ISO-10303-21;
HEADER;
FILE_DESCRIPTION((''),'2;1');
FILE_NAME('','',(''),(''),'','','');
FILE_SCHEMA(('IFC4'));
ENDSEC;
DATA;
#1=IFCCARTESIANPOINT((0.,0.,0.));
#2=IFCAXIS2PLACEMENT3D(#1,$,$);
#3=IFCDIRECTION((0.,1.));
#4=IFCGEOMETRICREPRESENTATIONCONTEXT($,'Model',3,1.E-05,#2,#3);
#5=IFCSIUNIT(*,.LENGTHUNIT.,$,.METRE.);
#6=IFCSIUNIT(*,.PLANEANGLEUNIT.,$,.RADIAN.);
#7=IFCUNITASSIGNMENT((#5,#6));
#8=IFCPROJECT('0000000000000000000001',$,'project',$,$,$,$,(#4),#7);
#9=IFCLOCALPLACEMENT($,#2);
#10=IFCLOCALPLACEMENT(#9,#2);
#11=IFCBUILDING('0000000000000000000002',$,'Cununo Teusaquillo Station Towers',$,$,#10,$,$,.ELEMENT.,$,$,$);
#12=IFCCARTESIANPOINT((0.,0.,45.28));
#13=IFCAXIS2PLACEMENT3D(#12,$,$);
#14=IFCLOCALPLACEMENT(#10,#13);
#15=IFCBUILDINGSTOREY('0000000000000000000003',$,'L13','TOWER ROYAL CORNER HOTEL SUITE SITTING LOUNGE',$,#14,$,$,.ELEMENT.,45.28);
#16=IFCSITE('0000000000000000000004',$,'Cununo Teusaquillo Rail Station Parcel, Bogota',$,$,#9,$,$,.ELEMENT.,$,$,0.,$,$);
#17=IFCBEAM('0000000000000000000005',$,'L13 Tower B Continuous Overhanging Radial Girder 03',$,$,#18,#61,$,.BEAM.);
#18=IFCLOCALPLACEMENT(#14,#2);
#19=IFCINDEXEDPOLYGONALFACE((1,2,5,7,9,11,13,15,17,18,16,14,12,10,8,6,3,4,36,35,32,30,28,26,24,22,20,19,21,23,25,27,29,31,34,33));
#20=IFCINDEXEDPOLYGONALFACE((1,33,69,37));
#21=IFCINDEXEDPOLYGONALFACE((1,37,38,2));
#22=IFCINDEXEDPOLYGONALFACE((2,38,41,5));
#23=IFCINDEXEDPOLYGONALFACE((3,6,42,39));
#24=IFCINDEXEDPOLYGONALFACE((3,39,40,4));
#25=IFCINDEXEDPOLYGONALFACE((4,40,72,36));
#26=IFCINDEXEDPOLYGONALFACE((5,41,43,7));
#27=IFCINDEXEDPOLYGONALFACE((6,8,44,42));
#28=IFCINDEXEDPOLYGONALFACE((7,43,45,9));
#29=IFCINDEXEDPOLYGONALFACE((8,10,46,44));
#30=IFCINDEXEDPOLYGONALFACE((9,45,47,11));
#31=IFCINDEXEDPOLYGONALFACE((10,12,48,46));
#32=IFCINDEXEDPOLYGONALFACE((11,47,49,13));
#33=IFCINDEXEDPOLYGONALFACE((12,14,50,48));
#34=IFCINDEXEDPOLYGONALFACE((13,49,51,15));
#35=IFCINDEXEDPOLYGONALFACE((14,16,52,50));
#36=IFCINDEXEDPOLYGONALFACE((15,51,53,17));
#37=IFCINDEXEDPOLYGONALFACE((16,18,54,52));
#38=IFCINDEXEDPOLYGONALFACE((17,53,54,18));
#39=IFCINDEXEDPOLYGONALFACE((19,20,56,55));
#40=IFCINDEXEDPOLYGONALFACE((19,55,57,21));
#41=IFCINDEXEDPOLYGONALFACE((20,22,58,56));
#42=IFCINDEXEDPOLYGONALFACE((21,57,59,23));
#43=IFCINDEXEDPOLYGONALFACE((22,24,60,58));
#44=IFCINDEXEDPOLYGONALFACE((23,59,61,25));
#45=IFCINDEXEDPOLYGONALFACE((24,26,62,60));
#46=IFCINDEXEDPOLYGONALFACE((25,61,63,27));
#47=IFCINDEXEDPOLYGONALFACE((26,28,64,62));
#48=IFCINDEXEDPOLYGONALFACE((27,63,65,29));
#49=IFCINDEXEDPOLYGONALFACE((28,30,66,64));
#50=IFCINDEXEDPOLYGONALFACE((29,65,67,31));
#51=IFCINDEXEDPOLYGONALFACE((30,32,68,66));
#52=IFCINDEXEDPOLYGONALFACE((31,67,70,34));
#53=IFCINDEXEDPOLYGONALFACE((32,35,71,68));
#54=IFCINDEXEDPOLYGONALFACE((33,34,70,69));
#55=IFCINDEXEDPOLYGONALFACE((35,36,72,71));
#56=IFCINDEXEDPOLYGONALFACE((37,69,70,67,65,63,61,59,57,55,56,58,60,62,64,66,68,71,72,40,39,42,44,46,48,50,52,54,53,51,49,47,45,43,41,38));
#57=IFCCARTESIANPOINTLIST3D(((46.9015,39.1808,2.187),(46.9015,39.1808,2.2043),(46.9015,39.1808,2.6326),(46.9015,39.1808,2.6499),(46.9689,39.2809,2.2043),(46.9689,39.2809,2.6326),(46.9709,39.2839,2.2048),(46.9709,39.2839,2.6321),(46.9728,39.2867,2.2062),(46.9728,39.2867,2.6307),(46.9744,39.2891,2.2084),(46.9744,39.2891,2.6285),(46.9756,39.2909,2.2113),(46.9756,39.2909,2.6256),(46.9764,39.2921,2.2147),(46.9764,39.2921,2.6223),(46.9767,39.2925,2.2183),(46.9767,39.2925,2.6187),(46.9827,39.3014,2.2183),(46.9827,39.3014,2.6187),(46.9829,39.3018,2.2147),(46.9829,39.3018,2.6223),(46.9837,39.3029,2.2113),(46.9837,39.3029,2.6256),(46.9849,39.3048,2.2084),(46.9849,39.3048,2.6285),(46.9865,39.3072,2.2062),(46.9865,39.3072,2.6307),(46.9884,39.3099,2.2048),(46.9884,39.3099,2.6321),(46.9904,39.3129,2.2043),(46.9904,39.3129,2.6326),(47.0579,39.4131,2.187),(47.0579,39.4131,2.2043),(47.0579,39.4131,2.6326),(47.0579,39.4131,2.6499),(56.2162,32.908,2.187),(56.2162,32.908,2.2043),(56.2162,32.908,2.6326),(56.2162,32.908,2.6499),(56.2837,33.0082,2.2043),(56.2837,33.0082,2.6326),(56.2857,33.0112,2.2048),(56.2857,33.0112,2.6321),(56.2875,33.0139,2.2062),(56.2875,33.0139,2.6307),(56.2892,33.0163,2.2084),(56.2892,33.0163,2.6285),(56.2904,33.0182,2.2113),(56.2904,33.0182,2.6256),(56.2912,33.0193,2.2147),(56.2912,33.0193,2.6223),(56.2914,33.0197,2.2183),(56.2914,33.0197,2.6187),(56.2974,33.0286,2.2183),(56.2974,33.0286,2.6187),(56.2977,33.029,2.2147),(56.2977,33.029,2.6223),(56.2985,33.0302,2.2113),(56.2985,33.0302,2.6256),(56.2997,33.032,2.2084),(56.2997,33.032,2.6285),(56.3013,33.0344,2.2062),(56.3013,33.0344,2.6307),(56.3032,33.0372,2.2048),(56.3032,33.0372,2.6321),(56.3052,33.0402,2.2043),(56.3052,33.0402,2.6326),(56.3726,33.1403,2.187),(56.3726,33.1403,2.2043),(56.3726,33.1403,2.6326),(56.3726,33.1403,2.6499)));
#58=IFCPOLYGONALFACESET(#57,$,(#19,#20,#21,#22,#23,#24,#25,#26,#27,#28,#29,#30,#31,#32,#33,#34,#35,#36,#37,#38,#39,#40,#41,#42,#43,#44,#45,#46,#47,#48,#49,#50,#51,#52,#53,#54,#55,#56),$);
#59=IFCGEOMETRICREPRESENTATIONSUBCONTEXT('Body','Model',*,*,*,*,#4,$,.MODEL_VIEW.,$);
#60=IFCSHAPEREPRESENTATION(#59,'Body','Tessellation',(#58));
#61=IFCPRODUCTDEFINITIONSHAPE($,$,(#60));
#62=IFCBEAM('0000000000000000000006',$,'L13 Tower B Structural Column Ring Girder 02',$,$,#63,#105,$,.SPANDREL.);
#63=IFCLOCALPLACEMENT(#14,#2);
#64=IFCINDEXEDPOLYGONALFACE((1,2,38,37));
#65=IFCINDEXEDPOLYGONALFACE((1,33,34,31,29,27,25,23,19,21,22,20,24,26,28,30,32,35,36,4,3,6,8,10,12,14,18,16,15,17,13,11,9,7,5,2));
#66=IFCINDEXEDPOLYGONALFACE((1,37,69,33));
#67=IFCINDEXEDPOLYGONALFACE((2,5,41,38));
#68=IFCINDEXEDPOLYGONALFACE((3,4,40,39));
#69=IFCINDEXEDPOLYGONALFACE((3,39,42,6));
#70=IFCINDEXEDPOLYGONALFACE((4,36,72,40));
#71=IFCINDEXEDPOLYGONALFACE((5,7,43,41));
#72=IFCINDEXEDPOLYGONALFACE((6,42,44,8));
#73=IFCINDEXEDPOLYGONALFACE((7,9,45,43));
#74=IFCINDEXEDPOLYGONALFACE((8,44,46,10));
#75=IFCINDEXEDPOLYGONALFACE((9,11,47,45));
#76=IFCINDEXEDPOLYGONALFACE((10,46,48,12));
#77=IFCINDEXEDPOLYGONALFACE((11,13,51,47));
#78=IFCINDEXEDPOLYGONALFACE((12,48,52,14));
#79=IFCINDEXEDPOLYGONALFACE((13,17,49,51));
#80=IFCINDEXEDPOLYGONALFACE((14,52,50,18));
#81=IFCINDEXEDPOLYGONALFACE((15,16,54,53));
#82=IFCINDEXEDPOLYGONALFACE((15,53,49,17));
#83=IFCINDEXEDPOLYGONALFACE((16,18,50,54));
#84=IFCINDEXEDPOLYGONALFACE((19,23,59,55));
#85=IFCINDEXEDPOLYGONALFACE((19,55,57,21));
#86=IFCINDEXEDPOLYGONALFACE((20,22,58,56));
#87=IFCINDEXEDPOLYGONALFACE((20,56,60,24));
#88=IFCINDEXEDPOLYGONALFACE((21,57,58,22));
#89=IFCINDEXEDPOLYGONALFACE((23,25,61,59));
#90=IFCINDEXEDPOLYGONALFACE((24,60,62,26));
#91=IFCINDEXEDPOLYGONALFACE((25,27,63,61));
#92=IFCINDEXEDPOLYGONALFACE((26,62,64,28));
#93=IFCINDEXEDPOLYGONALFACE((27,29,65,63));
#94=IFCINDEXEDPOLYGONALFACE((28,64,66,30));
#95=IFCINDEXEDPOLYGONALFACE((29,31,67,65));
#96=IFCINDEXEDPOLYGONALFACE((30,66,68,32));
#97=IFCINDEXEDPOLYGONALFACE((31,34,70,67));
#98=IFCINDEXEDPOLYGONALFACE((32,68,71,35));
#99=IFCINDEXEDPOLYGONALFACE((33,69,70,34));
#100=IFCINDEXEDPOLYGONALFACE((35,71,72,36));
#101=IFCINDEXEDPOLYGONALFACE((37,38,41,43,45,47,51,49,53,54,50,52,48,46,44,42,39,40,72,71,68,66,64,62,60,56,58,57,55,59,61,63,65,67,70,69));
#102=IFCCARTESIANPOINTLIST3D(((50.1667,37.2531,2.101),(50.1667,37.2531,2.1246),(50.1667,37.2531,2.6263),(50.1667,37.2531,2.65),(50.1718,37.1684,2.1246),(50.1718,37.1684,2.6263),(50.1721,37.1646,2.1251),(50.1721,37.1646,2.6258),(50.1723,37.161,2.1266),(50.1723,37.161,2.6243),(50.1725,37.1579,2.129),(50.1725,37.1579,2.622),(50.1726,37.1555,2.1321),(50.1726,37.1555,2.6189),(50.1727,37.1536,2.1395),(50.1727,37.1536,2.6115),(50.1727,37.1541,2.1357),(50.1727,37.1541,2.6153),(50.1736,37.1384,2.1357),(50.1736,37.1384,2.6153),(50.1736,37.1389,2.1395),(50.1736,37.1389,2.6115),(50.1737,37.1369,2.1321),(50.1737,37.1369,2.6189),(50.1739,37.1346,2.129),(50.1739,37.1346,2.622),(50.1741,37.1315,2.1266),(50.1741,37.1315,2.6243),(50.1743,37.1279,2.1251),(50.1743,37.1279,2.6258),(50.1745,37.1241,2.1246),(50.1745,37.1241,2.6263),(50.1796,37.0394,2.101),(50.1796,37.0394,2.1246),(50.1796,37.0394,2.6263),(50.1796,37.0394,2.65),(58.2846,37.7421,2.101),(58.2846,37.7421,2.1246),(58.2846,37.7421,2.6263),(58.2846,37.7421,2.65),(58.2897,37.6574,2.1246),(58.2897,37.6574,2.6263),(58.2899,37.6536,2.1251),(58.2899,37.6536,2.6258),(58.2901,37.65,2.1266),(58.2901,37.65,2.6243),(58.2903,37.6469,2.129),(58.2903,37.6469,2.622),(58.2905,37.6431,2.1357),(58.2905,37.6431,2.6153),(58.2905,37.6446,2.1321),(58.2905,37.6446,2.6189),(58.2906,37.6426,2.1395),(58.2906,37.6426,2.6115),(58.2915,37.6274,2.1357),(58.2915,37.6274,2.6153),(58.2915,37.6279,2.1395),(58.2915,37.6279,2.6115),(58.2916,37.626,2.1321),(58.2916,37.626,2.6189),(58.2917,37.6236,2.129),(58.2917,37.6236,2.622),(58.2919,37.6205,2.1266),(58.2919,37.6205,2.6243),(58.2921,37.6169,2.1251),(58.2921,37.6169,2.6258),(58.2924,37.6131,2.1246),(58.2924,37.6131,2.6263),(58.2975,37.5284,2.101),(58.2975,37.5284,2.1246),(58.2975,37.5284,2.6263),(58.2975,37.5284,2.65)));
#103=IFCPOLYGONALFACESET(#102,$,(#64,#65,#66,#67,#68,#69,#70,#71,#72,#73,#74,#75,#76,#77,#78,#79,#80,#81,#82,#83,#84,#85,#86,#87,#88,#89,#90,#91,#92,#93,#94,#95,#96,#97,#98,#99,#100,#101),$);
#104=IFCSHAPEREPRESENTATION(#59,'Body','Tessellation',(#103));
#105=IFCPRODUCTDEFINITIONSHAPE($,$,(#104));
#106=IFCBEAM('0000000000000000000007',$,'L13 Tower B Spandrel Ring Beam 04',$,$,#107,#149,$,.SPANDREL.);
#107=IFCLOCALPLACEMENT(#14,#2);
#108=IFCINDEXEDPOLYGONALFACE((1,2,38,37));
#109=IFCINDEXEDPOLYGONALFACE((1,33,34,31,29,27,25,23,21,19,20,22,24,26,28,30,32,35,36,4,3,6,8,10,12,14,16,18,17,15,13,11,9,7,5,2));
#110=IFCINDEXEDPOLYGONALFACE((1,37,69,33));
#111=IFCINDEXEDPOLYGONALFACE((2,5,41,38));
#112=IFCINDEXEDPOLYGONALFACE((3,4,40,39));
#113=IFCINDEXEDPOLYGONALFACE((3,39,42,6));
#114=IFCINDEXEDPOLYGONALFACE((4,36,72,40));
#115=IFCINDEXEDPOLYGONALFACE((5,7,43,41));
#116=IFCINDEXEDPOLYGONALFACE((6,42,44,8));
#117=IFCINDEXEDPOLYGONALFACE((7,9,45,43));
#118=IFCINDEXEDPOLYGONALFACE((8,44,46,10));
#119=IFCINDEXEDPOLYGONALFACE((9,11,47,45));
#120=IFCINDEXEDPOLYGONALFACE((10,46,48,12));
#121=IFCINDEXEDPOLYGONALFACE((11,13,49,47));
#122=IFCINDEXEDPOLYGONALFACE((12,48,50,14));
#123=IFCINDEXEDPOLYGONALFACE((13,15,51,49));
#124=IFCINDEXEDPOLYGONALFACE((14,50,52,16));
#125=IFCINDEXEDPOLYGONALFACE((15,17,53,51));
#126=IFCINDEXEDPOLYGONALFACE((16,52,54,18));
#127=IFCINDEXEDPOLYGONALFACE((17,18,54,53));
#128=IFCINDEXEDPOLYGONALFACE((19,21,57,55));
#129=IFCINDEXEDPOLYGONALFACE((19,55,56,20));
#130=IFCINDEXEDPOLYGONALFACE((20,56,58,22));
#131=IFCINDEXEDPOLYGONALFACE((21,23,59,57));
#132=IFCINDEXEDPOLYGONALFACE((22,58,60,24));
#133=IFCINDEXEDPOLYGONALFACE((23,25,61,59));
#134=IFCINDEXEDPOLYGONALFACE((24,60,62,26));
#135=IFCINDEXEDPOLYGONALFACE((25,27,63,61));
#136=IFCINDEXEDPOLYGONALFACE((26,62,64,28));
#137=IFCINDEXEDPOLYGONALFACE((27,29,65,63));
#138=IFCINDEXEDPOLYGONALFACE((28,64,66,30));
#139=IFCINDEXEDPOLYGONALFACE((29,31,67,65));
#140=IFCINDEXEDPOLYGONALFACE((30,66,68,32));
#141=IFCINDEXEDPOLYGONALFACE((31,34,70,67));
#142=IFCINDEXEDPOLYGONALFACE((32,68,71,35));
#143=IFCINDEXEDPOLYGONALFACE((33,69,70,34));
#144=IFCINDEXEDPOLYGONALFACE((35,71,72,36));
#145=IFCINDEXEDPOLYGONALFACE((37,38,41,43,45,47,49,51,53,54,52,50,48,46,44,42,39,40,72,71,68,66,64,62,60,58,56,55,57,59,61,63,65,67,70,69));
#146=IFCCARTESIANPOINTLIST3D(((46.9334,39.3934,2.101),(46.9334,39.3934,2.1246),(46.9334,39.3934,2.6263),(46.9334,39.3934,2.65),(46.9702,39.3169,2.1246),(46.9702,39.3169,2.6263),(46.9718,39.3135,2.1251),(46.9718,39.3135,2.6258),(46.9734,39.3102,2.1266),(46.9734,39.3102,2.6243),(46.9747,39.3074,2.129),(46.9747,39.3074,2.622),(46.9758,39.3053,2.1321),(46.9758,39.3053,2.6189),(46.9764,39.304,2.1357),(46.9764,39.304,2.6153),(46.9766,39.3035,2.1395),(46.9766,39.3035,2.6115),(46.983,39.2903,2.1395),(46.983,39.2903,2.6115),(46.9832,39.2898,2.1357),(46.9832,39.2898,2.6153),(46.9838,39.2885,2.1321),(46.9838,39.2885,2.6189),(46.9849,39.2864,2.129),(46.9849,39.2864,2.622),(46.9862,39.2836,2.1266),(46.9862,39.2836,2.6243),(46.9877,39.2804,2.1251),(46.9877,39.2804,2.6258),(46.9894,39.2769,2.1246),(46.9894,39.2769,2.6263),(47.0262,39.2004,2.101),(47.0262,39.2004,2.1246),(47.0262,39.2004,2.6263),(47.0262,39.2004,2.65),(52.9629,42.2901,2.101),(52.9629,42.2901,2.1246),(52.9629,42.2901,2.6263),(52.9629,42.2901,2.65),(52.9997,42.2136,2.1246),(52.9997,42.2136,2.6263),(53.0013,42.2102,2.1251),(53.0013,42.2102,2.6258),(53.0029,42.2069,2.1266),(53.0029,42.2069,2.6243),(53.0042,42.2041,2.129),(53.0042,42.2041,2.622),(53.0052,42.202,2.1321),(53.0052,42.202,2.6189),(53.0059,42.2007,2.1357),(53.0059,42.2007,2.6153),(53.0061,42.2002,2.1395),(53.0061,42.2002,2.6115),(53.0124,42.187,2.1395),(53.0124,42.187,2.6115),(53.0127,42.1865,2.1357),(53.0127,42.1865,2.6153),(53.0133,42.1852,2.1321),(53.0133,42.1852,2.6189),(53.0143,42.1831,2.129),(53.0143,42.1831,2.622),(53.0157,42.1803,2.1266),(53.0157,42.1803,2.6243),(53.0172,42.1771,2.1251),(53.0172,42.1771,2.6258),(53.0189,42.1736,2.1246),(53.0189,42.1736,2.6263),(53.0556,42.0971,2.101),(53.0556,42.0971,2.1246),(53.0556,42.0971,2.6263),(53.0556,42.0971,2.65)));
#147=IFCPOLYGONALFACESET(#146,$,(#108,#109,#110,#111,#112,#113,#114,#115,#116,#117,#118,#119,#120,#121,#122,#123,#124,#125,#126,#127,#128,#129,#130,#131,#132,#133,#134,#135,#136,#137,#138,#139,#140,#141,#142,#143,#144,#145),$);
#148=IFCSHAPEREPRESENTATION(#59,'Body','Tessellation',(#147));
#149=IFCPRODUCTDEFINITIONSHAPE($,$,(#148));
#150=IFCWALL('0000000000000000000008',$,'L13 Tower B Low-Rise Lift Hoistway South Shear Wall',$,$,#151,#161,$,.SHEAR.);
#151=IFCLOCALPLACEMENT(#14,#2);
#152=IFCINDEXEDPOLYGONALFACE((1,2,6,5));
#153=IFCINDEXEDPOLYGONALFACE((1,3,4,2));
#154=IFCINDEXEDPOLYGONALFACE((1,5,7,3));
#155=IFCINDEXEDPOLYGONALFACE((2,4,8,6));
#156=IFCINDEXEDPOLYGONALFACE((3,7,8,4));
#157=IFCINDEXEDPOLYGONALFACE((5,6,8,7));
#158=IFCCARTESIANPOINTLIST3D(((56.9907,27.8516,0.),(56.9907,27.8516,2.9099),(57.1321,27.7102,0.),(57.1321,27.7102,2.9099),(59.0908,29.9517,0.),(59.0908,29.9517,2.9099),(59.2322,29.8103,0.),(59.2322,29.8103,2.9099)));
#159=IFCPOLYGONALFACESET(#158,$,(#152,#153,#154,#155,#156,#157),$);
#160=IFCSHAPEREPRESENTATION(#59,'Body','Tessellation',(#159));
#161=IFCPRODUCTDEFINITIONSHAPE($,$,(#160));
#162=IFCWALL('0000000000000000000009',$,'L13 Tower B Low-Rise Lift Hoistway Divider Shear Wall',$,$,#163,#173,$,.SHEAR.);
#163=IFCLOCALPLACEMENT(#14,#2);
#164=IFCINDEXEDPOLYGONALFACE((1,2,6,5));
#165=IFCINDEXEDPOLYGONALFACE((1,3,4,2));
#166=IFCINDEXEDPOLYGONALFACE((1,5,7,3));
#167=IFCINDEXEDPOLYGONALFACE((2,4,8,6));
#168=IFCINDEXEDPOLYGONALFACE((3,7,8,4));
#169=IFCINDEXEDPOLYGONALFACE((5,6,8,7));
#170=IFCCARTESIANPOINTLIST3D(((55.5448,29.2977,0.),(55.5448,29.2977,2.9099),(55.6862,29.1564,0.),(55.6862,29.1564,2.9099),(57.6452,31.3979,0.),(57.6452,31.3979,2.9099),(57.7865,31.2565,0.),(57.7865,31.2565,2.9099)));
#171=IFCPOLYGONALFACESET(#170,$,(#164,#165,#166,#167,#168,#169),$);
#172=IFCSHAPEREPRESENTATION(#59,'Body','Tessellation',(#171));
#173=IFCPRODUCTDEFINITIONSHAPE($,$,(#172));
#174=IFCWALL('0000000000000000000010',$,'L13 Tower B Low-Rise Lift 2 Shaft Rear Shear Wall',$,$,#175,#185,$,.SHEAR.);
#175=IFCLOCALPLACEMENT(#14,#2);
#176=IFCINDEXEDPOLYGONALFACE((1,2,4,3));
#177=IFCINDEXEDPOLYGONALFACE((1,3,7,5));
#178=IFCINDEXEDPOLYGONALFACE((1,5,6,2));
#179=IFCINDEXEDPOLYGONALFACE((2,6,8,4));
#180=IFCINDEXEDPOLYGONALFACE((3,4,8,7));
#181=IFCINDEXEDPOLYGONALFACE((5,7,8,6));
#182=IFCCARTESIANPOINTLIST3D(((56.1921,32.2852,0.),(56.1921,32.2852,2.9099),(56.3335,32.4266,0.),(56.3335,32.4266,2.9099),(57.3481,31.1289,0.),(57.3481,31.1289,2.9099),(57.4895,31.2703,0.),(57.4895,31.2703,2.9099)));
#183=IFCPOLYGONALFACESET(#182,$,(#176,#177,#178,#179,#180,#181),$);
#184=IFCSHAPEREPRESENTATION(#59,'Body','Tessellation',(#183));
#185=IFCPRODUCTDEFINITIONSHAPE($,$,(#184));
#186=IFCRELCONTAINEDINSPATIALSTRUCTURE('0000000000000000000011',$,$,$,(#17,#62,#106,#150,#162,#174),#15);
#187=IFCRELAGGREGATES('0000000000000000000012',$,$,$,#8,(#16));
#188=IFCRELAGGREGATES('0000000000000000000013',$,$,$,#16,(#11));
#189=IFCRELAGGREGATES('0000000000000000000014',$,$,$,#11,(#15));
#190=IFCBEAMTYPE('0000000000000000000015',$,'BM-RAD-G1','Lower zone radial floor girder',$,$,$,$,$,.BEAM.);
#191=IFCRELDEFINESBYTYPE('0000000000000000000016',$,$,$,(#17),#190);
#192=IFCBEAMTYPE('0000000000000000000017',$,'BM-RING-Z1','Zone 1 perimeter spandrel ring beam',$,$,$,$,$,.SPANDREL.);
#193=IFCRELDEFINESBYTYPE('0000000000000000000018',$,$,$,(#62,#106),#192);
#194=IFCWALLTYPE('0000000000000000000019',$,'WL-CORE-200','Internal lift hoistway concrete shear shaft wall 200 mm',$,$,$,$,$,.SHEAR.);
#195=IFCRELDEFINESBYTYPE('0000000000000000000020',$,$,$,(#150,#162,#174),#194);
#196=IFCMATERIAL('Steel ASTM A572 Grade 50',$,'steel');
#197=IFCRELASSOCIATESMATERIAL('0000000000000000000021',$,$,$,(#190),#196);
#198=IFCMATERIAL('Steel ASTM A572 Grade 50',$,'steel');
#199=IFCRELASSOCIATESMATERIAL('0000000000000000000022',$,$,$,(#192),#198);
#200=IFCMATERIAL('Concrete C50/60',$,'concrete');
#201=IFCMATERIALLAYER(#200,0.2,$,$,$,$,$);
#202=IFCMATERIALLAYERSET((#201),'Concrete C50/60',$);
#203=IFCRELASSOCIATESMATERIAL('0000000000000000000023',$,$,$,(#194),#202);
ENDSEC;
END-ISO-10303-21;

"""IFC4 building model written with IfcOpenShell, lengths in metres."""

from ifc_helpers import new_model, si_unit, direction, frame, frame_2d, origin, origin_2d, place, context, subcontext, project, spatial, rectangle, i_section, extrude, material, layer, layer_set, material_profile, profile_set, type_object, element, save


model = new_model("IFC4")

# Units and contexts
model_context = context("Model", 3, precision=1e-05, world=origin(), true_north=direction((0.0, 1.0)))
body_context = subcontext(model_context, "Body", "Model", "MODEL_VIEW")
ifc_project = project(units=[si_unit("LENGTHUNIT", "METRE"), si_unit("PLANEANGLEUNIT", "RADIAN")], contexts=[model_context])

# Site, building, storey
site_placement = place(None, origin())
site = spatial("IfcSite", under=ifc_project, at=site_placement, Name="Cununo Teusaquillo Rail Station Parcel, Bogota", CompositionType="ELEMENT", RefElevation=0.0)
building_placement = place(site_placement, origin())
building = spatial("IfcBuilding", under=site, at=building_placement, Name="Cununo Teusaquillo Station Towers", CompositionType="ELEMENT")
storey_placement = place(building_placement, frame((0.0, 0.0, 45.28)))
storey = spatial("IfcBuildingStorey", under=building, at=storey_placement, Name="L13", Description="TOWER ROYAL CORNER HOTEL SUITE SITTING LOUNGE", CompositionType="ELEMENT", Elevation=45.28)

# Beams
ifc_material_1 = material(Name="Steel ASTM A572 Grade 50", Category="steel")
ifc_material_profile_1 = material_profile(ifc_material_1, i_section(OverallWidth=0.28, OverallDepth=0.4629, WebThickness=0.0107, FlangeThickness=0.0173, FilletRadius=0.0139, at=origin_2d()), Name="W18X76")
ifc_profile_set_1 = profile_set([ifc_material_profile_1], Name="Steel ASTM A572 Grade 50")
beam_type_1 = type_object("IfcBeamType", Name="BM-RAD-G1", Description="Lower zone radial floor girder", PredefinedType="BEAM", material=ifc_profile_set_1)
beam_1_placement = place(storey_placement, frame((56.2944, 33.0242, 2.4185), z_axis=(-0.829456, 0.558572, 0.0), x_axis=(-0.558572, -0.829456, 0.0)))
element("IfcBeam", 1, at=beam_1_placement, inside=storey, type_object=beam_type_1, Name="L13 Tower B Continuous Overhanging Radial Girder 03", PredefinedType="BEAM", context=body_context, shape_type="SweptSolid", body=[
    extrude(i_section(OverallWidth=0.28, OverallDepth=0.4629, WebThickness=0.0107, FlangeThickness=0.0173, FilletRadius=0.0139, at=origin_2d()), origin(), (0.0, 0.0, 1.0), 11.23),
])
ifc_material_2 = material(Name="Steel ASTM A572 Grade 50", Category="steel")
ifc_material_profile_2 = material_profile(ifc_material_2, i_section(OverallWidth=0.2141, OverallDepth=0.5491, WebThickness=0.0146, FlangeThickness=0.0237, FilletRadius=0.0149, at=origin_2d()), Name="W21X93")
ifc_profile_set_2 = profile_set([ifc_material_profile_2], Name="Steel ASTM A572 Grade 50")
beam_type_2 = type_object("IfcBeamType", Name="BM-RING-Z1", Description="Zone 1 perimeter spandrel ring beam", PredefinedType="SPANDREL", material=ifc_profile_set_2)
beam_2_placement = place(storey_placement, frame((58.291, 37.6353, 2.3755), z_axis=(-0.998191, -0.06013, 0.0), x_axis=(0.06013, -0.998191, 0.0)))
element("IfcBeam", 2, at=beam_2_placement, inside=storey, type_object=beam_type_2, Name="L13 Tower B Structural Column Ring Girder 02", PredefinedType="SPANDREL", context=body_context, shape_type="SweptSolid", body=[
    extrude(i_section(OverallWidth=0.2141, OverallDepth=0.5491, WebThickness=0.0146, FlangeThickness=0.0237, FilletRadius=0.0149, at=origin_2d()), origin(), (0.0, 0.0, 1.0), 8.1326),
])
beam_3_placement = place(storey_placement, frame((53.0093, 42.1936, 2.3755), z_axis=(-0.901374, -0.433041, 0.0), x_axis=(0.433041, -0.901374, 0.0)))
element("IfcBeam", 3, at=beam_3_placement, inside=storey, type_object=beam_type_2, Name="L13 Tower B Spandrel Ring Beam 04", PredefinedType="SPANDREL", context=body_context, shape_type="SweptSolid", body=[
    extrude(i_section(OverallWidth=0.2141, OverallDepth=0.5491, WebThickness=0.0146, FlangeThickness=0.0237, FilletRadius=0.0149, at=origin_2d()), origin(), (0.0, 0.0, 1.0), 6.6892),
])

# Walls
ifc_material_3 = material(Name="Concrete C50/60", Category="concrete")
ifc_layer_1 = layer(ifc_material_3, 0.2)
ifc_layer_set_1 = layer_set([ifc_layer_1], Name="Concrete C50/60")
wall_type_1 = type_object("IfcWallType", Name="WL-CORE-200", Description="Internal lift hoistway concrete shear shaft wall 200 mm", PredefinedType="SHEAR", material=ifc_layer_set_1)
wall_1_placement = place(storey_placement, frame((57.0615, 27.781, 0.0), z_axis=(0.0, 0.0, 1.0), x_axis=(0.707107, 0.707107, 0.0)))
element("IfcWall", 4, at=wall_1_placement, inside=storey, type_object=wall_type_1, Name="L13 Tower B Low-Rise Lift Hoistway South Shear Wall", PredefinedType="SHEAR", context=body_context, shape_type="SweptSolid", body=[
    extrude(rectangle(XDim=2.97, YDim=0.2, at=frame_2d((1.4849, 0.0))), origin(), (0.0, 0.0, 1.0), 2.9099),
])
wall_2_placement = place(storey_placement, frame((55.6155, 29.2271, 0.0), z_axis=(0.0, 0.0, 1.0), x_axis=(0.707148, 0.707066, 0.0)))
element("IfcWall", 5, at=wall_2_placement, inside=storey, type_object=wall_type_1, Name="L13 Tower B Low-Rise Lift Hoistway Divider Shear Wall", PredefinedType="SHEAR", context=body_context, shape_type="SweptSolid", body=[
    extrude(rectangle(XDim=2.9702, YDim=0.2, at=frame_2d((1.4851, 0.0))), origin(), (0.0, 0.0, 1.0), 2.9099),
])
wall_3_placement = place(storey_placement, frame((57.4187, 31.1997, 0.0), z_axis=(0.0, 0.0, 1.0), x_axis=(-0.707032, 0.707181, 0.0)))
element("IfcWall", 6, at=wall_3_placement, inside=storey, type_object=wall_type_1, Name="L13 Tower B Low-Rise Lift 2 Shaft Rear Shear Wall", PredefinedType="SHEAR", context=body_context, shape_type="SweptSolid", body=[
    extrude(rectangle(XDim=1.635, YDim=0.2, at=frame_2d((0.8174, 0.0))), origin(), (0.0, 0.0, 1.0), 2.9099),
])

save(model, "model.ifc")
